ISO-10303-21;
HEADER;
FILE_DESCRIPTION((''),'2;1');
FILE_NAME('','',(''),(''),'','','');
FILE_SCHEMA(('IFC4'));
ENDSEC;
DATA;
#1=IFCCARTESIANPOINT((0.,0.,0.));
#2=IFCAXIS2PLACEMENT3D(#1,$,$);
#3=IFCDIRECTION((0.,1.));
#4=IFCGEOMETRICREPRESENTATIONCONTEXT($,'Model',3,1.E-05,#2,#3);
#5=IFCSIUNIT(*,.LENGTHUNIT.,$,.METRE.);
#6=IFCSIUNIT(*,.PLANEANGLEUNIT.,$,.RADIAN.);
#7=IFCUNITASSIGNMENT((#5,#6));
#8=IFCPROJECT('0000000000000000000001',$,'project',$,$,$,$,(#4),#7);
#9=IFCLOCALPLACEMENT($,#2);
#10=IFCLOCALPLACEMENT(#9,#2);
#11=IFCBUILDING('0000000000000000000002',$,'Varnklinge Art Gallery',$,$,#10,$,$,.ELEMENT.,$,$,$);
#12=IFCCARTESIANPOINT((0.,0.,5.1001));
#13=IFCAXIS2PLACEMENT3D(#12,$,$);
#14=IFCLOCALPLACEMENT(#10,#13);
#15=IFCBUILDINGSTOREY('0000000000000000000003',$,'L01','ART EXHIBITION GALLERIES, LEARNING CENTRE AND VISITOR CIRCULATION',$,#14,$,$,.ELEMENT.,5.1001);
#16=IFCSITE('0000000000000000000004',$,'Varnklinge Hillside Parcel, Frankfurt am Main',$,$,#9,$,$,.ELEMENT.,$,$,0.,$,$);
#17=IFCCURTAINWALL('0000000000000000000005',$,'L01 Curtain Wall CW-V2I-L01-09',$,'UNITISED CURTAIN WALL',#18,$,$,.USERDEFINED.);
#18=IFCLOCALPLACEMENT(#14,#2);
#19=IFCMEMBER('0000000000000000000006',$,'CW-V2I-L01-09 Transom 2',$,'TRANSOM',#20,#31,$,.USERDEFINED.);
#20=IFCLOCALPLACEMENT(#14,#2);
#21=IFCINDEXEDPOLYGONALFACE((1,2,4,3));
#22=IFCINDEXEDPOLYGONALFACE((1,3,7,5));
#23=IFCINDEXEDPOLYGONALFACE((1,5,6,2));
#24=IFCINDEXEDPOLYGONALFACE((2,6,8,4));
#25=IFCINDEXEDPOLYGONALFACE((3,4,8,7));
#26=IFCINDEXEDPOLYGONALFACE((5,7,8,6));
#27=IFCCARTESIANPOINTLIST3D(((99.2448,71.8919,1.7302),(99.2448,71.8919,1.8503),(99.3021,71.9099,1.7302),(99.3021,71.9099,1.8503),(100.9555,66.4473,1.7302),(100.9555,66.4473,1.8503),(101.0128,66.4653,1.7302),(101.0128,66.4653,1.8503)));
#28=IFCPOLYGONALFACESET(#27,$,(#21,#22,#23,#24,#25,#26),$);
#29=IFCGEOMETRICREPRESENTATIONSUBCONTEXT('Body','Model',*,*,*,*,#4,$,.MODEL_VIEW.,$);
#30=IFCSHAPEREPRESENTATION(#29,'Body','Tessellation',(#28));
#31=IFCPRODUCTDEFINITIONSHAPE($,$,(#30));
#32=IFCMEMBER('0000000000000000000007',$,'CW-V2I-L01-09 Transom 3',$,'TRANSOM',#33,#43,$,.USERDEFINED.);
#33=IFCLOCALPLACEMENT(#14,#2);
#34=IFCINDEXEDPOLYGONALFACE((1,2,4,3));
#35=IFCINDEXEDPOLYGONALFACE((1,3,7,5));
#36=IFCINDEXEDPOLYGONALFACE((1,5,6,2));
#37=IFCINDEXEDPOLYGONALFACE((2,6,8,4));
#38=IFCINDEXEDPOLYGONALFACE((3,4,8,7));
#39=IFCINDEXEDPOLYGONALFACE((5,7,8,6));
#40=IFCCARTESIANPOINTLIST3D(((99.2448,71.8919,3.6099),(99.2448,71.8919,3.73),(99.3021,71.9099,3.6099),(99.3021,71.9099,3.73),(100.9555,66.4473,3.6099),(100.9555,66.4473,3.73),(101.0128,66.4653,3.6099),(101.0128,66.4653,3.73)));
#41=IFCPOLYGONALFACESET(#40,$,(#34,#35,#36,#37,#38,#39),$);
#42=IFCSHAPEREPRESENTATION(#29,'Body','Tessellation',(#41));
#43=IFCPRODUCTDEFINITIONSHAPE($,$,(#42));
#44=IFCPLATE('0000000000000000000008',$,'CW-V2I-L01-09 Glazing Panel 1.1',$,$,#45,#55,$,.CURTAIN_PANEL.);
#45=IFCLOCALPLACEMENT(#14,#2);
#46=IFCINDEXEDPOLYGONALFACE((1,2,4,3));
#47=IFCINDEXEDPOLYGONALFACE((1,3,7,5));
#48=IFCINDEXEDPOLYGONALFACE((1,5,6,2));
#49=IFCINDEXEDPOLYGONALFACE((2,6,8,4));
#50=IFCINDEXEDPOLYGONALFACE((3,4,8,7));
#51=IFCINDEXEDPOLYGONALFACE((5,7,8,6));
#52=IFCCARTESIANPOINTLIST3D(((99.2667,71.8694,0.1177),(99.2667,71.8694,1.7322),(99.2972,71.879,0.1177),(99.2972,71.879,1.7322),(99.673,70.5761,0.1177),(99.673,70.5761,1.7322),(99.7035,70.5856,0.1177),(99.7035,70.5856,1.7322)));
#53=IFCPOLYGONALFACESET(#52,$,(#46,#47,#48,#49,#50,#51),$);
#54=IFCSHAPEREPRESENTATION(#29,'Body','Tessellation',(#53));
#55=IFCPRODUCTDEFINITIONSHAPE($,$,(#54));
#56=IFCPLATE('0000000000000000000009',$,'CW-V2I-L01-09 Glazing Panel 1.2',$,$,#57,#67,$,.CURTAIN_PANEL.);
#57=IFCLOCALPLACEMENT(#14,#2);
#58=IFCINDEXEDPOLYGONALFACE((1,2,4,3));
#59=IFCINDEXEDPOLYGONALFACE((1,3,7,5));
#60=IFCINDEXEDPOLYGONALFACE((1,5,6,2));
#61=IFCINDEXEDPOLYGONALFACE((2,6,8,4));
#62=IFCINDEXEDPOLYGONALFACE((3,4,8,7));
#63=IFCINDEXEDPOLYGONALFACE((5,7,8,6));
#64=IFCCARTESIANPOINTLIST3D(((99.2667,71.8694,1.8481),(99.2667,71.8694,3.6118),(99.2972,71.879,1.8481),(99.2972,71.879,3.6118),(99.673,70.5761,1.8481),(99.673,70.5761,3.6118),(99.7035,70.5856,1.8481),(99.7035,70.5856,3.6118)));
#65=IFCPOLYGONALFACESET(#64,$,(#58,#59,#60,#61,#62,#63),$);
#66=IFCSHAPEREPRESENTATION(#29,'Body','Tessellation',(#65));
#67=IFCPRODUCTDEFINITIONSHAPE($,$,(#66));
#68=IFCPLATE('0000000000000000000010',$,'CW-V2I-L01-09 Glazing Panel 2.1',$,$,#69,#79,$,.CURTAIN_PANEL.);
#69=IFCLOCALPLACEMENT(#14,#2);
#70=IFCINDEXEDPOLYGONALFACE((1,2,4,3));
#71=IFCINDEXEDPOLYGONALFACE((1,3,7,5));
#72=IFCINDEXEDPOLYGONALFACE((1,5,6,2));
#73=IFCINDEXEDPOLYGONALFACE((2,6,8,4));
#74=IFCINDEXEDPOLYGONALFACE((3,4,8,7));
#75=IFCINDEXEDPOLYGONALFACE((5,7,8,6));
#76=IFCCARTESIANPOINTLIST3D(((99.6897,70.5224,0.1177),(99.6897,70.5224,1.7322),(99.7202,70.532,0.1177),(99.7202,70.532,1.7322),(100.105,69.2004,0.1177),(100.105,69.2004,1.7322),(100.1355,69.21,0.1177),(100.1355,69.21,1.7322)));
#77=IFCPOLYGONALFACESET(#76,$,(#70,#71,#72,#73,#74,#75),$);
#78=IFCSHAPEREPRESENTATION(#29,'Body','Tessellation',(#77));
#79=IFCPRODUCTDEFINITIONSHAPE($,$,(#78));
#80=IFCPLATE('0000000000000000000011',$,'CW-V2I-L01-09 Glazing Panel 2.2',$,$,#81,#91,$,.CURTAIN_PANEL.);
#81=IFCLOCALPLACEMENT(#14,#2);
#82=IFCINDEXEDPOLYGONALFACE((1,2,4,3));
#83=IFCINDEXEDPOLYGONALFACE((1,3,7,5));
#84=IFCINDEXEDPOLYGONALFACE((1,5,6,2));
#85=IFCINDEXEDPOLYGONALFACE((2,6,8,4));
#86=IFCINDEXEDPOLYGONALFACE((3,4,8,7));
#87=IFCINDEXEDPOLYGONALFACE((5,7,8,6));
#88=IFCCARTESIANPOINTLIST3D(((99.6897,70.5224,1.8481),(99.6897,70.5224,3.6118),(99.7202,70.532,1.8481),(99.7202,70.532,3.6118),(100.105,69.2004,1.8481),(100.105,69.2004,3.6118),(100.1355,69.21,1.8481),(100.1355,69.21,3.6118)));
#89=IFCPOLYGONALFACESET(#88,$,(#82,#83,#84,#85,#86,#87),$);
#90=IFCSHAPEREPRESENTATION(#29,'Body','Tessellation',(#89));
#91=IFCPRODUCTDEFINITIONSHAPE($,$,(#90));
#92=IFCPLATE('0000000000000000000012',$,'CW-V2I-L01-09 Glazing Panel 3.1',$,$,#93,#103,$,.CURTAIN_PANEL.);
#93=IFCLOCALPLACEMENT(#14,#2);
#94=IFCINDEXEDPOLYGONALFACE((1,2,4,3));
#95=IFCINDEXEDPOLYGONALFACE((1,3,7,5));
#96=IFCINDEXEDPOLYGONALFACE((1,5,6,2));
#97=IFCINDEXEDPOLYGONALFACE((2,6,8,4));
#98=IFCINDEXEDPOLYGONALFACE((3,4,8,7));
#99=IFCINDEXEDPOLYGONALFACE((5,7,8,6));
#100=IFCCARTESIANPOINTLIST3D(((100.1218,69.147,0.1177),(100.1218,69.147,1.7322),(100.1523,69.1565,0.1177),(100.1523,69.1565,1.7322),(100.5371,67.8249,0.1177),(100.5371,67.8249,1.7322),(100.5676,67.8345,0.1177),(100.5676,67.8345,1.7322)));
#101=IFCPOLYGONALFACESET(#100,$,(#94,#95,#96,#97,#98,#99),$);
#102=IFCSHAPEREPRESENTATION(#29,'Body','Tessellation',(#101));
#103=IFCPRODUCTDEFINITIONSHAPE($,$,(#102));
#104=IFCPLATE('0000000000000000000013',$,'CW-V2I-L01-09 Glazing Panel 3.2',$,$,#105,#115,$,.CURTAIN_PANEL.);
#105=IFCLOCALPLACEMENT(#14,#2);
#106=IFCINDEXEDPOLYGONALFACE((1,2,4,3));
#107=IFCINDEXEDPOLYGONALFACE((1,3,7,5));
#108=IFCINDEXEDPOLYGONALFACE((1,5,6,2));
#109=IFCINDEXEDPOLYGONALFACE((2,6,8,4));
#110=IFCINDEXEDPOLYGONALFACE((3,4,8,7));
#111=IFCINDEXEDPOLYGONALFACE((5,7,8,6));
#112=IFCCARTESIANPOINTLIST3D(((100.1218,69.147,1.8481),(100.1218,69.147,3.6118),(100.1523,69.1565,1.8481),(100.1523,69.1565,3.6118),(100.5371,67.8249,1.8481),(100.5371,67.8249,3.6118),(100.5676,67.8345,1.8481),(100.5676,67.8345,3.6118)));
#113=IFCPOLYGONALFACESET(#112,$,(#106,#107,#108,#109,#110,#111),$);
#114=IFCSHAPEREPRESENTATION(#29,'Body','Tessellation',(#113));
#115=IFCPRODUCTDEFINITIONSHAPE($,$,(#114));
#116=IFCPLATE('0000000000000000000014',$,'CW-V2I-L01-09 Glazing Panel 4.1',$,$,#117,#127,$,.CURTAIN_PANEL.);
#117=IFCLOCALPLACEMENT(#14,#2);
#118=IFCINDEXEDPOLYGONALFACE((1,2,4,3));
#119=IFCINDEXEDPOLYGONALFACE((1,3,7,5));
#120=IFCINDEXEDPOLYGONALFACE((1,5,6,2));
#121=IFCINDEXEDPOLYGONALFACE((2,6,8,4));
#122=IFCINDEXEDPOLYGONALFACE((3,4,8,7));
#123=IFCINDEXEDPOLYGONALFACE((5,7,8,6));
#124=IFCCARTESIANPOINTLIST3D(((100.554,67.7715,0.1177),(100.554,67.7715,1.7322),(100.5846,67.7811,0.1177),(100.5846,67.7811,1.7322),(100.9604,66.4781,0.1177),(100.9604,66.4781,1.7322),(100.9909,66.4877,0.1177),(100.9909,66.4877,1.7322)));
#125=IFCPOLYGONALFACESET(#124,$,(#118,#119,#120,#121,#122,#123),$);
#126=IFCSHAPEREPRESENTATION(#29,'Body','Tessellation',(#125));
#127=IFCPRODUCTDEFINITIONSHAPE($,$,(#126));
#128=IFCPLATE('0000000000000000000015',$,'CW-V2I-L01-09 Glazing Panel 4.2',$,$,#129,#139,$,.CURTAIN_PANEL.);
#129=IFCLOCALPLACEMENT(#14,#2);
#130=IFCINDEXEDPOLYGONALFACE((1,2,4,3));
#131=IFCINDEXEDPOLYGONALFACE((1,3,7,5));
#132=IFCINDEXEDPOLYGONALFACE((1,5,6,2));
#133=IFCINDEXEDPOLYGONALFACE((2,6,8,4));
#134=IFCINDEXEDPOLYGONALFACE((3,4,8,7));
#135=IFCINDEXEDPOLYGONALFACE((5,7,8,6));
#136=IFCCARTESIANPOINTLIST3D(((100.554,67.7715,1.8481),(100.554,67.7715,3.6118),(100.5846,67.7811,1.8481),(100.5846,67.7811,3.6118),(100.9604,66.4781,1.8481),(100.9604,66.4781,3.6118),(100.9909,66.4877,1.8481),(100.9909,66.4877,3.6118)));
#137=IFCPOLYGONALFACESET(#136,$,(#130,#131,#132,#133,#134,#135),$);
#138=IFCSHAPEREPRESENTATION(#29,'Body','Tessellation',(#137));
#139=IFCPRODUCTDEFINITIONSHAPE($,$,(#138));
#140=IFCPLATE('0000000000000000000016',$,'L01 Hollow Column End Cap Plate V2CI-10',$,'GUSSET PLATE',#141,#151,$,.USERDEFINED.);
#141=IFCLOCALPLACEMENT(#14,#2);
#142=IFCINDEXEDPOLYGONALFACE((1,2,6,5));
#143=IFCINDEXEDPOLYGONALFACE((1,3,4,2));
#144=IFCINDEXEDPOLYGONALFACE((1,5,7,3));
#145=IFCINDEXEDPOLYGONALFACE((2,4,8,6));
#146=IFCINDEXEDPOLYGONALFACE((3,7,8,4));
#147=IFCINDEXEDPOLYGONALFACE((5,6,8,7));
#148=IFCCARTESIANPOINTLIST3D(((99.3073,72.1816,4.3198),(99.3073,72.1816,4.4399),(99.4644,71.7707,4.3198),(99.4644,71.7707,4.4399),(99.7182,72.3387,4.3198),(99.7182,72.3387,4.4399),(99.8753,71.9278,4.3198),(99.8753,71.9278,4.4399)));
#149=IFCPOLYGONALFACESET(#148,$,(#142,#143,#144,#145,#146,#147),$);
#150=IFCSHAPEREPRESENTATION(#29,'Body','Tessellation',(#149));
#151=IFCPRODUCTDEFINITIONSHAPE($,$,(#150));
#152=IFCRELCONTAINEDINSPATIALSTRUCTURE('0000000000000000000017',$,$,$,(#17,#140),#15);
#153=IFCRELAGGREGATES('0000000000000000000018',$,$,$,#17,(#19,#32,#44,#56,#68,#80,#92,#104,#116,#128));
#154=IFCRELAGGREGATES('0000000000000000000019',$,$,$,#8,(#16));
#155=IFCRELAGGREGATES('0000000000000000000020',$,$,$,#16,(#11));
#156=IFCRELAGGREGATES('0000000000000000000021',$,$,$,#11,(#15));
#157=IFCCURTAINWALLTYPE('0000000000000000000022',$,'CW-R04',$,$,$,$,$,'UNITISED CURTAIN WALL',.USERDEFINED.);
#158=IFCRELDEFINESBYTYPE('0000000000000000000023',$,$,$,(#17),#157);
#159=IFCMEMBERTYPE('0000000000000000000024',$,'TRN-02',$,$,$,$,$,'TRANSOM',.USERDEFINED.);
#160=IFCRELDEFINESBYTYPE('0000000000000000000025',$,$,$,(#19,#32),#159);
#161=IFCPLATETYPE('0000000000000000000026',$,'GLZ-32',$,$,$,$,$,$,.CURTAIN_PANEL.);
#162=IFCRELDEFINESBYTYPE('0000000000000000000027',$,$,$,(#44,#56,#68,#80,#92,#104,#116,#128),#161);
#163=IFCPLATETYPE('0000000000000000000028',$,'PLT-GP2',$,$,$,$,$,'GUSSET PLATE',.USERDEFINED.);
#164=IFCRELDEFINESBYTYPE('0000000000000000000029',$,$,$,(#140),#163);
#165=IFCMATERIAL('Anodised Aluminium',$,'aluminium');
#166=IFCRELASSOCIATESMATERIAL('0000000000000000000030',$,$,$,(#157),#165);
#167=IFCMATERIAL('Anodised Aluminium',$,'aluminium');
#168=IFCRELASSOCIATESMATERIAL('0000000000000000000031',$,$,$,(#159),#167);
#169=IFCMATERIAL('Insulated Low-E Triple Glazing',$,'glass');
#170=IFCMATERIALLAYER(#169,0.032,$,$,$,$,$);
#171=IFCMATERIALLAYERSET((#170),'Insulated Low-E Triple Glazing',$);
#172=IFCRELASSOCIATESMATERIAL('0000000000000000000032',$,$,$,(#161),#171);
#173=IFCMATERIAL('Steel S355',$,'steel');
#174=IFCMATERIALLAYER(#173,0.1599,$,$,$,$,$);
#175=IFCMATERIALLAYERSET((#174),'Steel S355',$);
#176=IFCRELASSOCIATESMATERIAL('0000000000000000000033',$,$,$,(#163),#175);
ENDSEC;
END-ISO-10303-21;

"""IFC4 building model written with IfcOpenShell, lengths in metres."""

from ifc_helpers import new_model, si_unit, direction, frame, origin, origin_2d, place, context, subcontext, project, spatial, rectangle, extrude, material, layer, layer_set, material_profile, profile_set, type_object, element, aggregate, save


model = new_model("IFC4")

# Units and contexts
model_context = context("Model", 3, precision=1e-05, world=origin(), true_north=direction((0.0, 1.0)))
body_context = subcontext(model_context, "Body", "Model", "MODEL_VIEW")
ifc_project = project(units=[si_unit("LENGTHUNIT", "METRE"), si_unit("PLANEANGLEUNIT", "RADIAN")], contexts=[model_context])

# Site, building, storey
site_placement = place(None, origin())
site = spatial("IfcSite", under=ifc_project, at=site_placement, Name="Varnklinge Hillside Parcel, Frankfurt am Main", CompositionType="ELEMENT", RefElevation=0.0)
building_placement = place(site_placement, origin())
building = spatial("IfcBuilding", under=site, at=building_placement, Name="Varnklinge Art Gallery", CompositionType="ELEMENT")
storey_placement = place(building_placement, frame((0.0, 0.0, 5.1001)))
storey = spatial("IfcBuildingStorey", under=building, at=storey_placement, Name="L01", Description="ART EXHIBITION GALLERIES, LEARNING CENTRE AND VISITOR CIRCULATION", CompositionType="ELEMENT", Elevation=5.1001)

# Shared definitions
ifc_material_1 = material(Name="Anodised Aluminium", Category="aluminium")
curtain_wall_type = type_object("IfcCurtainWallType", Name="CW-R04", ElementType="UNITISED CURTAIN WALL", PredefinedType="USERDEFINED", material=ifc_material_1)

# Curtain wall
curtain_wall_1_placement = place(storey_placement, origin())
curtain_wall_1 = element("IfcCurtainWall", 1, at=curtain_wall_1_placement, inside=storey, type_object=curtain_wall_type, Name="L01 Curtain Wall CW-V2I-L01-09", ObjectType="UNITISED CURTAIN WALL", PredefinedType="USERDEFINED")

# Members
ifc_material_2 = material(Name="Anodised Aluminium", Category="aluminium")
ifc_material_profile_1 = material_profile(ifc_material_2, rectangle(XDim=0.0601, YDim=0.1201, at=origin_2d()), Name="ALU 60x120")
ifc_profile_set_1 = profile_set([ifc_material_profile_1], Name="Anodised Aluminium")
member_type_1 = type_object("IfcMemberType", Name="TRN-02", ElementType="TRANSOM", PredefinedType="USERDEFINED", material=ifc_profile_set_1)
member_1_placement = place(storey_placement, frame((99.2734, 71.9009, 1.7903), z_axis=(0.299753, -0.954017, 0.0), x_axis=(0.954017, 0.299753, 0.0)))
member_1 = element("IfcMember", 2, at=member_1_placement, type_object=member_type_1, Name="CW-V2I-L01-09 Transom 2", ObjectType="TRANSOM", PredefinedType="USERDEFINED", context=body_context, shape_type="SweptSolid", body=[
    extrude(rectangle(XDim=0.0601, YDim=0.1201, at=origin_2d()), origin(), (0.0, 0.0, 1.0), 5.707),
])
member_2_placement = place(storey_placement, frame((99.2734, 71.9009, 3.6699), z_axis=(0.299753, -0.954017, 0.0), x_axis=(0.954017, 0.299753, 0.0)))
member_2 = element("IfcMember", 3, at=member_2_placement, type_object=member_type_1, Name="CW-V2I-L01-09 Transom 3", ObjectType="TRANSOM", PredefinedType="USERDEFINED", context=body_context, shape_type="SweptSolid", body=[
    extrude(rectangle(XDim=0.0601, YDim=0.1201, at=origin_2d()), origin(), (0.0, 0.0, 1.0), 5.707),
])

# Plates
ifc_material_3 = material(Name="Insulated Low-E Triple Glazing", Category="glass")
ifc_layer_1 = layer(ifc_material_3, 0.032)
ifc_layer_set_1 = layer_set([ifc_layer_1], Name="Insulated Low-E Triple Glazing")
plate_type_1 = type_object("IfcPlateType", Name="GLZ-32", PredefinedType="CURTAIN_PANEL", material=ifc_layer_set_1)
plate_1_placement = place(storey_placement, frame((99.4851, 71.2275, 0.1177), z_axis=(0.0, 0.0, 1.0), x_axis=(0.299707, -0.954031, 0.0)))
plate_1 = element("IfcPlate", 4, at=plate_1_placement, type_object=plate_type_1, Name="CW-V2I-L01-09 Glazing Panel 1.1", PredefinedType="CURTAIN_PANEL", context=body_context, shape_type="SweptSolid", body=[
    extrude(rectangle(XDim=1.3557, YDim=0.032, at=origin_2d()), origin(), (0.0, 0.0, 1.0), 1.6145),
])
plate_2_placement = place(storey_placement, frame((99.4851, 71.2275, 1.8481), z_axis=(0.0, 0.0, 1.0), x_axis=(0.299707, -0.954031, 0.0)))
plate_2 = element("IfcPlate", 5, at=plate_2_placement, type_object=plate_type_1, Name="CW-V2I-L01-09 Glazing Panel 1.2", PredefinedType="CURTAIN_PANEL", context=body_context, shape_type="SweptSolid", body=[
    extrude(rectangle(XDim=1.3557, YDim=0.032, at=origin_2d()), origin(), (0.0, 0.0, 1.0), 1.7637),
])
plate_3_placement = place(storey_placement, frame((99.9126, 69.8662, 0.1177), z_axis=(0.0, 0.0, 1.0), x_axis=(0.299707, -0.954031, 0.0)))
plate_3 = element("IfcPlate", 6, at=plate_3_placement, type_object=plate_type_1, Name="CW-V2I-L01-09 Glazing Panel 2.1", PredefinedType="CURTAIN_PANEL", context=body_context, shape_type="SweptSolid", body=[
    extrude(rectangle(XDim=1.3857, YDim=0.032, at=origin_2d()), origin(), (0.0, 0.0, 1.0), 1.6145),
])
plate_4_placement = place(storey_placement, frame((99.9126, 69.8662, 1.8481), z_axis=(0.0, 0.0, 1.0), x_axis=(0.299707, -0.954031, 0.0)))
plate_4 = element("IfcPlate", 7, at=plate_4_placement, type_object=plate_type_1, Name="CW-V2I-L01-09 Glazing Panel 2.2", PredefinedType="CURTAIN_PANEL", context=body_context, shape_type="SweptSolid", body=[
    extrude(rectangle(XDim=1.3857, YDim=0.032, at=origin_2d()), origin(), (0.0, 0.0, 1.0), 1.7637),
])
plate_5_placement = place(storey_placement, frame((100.3447, 68.4907, 0.1177), z_axis=(0.0, 0.0, 1.0), x_axis=(0.299707, -0.954031, 0.0)))
plate_5 = element("IfcPlate", 8, at=plate_5_placement, type_object=plate_type_1, Name="CW-V2I-L01-09 Glazing Panel 3.1", PredefinedType="CURTAIN_PANEL", context=body_context, shape_type="SweptSolid", body=[
    extrude(rectangle(XDim=1.3857, YDim=0.032, at=origin_2d()), origin(), (0.0, 0.0, 1.0), 1.6145),
])
plate_6_placement = place(storey_placement, frame((100.3447, 68.4907, 1.8481), z_axis=(0.0, 0.0, 1.0), x_axis=(0.299707, -0.954031, 0.0)))
plate_6 = element("IfcPlate", 9, at=plate_6_placement, type_object=plate_type_1, Name="CW-V2I-L01-09 Glazing Panel 3.2", PredefinedType="CURTAIN_PANEL", context=body_context, shape_type="SweptSolid", body=[
    extrude(rectangle(XDim=1.3857, YDim=0.032, at=origin_2d()), origin(), (0.0, 0.0, 1.0), 1.7637),
])
plate_7_placement = place(storey_placement, frame((100.7725, 67.1296, 0.1177), z_axis=(0.0, 0.0, 1.0), x_axis=(0.299707, -0.954031, 0.0)))
plate_7 = element("IfcPlate", 10, at=plate_7_placement, type_object=plate_type_1, Name="CW-V2I-L01-09 Glazing Panel 4.1", PredefinedType="CURTAIN_PANEL", context=body_context, shape_type="SweptSolid", body=[
    extrude(rectangle(XDim=1.3557, YDim=0.032, at=origin_2d()), origin(), (0.0, 0.0, 1.0), 1.6145),
])
plate_8_placement = place(storey_placement, frame((100.7725, 67.1296, 1.8481), z_axis=(0.0, 0.0, 1.0), x_axis=(0.299707, -0.954031, 0.0)))
plate_8 = element("IfcPlate", 11, at=plate_8_placement, type_object=plate_type_1, Name="CW-V2I-L01-09 Glazing Panel 4.2", PredefinedType="CURTAIN_PANEL", context=body_context, shape_type="SweptSolid", body=[
    extrude(rectangle(XDim=1.3557, YDim=0.032, at=origin_2d()), origin(), (0.0, 0.0, 1.0), 1.7637),
])
aggregate(curtain_wall_1, [member_1, member_2, plate_1, plate_2, plate_3, plate_4, plate_5, plate_6, plate_7, plate_8])
ifc_material_4 = material(Name="Steel S355", Category="steel")
ifc_layer_2 = layer(ifc_material_4, 0.1599)
ifc_layer_set_2 = layer_set([ifc_layer_2], Name="Steel S355")
plate_type_2 = type_object("IfcPlateType", Name="PLT-GP2", ElementType="GUSSET PLATE", PredefinedType="USERDEFINED", material=ifc_layer_set_2)
plate_9_placement = place(storey_placement, frame((99.5913, 72.0547, 4.3198), z_axis=(0.0, 0.0, 1.0), x_axis=(-0.934018, -0.357227, 0.0)))
element("IfcPlate", 12, at=plate_9_placement, inside=storey, type_object=plate_type_2, Name="L01 Hollow Column End Cap Plate V2CI-10", ObjectType="GUSSET PLATE", PredefinedType="USERDEFINED", context=body_context, shape_type="SweptSolid", body=[
    extrude(rectangle(XDim=0.4399, YDim=0.4399, at=origin_2d()), origin(), (0.0, 0.0, 1.0), 0.1201),
])

save(model, "model.ifc")
